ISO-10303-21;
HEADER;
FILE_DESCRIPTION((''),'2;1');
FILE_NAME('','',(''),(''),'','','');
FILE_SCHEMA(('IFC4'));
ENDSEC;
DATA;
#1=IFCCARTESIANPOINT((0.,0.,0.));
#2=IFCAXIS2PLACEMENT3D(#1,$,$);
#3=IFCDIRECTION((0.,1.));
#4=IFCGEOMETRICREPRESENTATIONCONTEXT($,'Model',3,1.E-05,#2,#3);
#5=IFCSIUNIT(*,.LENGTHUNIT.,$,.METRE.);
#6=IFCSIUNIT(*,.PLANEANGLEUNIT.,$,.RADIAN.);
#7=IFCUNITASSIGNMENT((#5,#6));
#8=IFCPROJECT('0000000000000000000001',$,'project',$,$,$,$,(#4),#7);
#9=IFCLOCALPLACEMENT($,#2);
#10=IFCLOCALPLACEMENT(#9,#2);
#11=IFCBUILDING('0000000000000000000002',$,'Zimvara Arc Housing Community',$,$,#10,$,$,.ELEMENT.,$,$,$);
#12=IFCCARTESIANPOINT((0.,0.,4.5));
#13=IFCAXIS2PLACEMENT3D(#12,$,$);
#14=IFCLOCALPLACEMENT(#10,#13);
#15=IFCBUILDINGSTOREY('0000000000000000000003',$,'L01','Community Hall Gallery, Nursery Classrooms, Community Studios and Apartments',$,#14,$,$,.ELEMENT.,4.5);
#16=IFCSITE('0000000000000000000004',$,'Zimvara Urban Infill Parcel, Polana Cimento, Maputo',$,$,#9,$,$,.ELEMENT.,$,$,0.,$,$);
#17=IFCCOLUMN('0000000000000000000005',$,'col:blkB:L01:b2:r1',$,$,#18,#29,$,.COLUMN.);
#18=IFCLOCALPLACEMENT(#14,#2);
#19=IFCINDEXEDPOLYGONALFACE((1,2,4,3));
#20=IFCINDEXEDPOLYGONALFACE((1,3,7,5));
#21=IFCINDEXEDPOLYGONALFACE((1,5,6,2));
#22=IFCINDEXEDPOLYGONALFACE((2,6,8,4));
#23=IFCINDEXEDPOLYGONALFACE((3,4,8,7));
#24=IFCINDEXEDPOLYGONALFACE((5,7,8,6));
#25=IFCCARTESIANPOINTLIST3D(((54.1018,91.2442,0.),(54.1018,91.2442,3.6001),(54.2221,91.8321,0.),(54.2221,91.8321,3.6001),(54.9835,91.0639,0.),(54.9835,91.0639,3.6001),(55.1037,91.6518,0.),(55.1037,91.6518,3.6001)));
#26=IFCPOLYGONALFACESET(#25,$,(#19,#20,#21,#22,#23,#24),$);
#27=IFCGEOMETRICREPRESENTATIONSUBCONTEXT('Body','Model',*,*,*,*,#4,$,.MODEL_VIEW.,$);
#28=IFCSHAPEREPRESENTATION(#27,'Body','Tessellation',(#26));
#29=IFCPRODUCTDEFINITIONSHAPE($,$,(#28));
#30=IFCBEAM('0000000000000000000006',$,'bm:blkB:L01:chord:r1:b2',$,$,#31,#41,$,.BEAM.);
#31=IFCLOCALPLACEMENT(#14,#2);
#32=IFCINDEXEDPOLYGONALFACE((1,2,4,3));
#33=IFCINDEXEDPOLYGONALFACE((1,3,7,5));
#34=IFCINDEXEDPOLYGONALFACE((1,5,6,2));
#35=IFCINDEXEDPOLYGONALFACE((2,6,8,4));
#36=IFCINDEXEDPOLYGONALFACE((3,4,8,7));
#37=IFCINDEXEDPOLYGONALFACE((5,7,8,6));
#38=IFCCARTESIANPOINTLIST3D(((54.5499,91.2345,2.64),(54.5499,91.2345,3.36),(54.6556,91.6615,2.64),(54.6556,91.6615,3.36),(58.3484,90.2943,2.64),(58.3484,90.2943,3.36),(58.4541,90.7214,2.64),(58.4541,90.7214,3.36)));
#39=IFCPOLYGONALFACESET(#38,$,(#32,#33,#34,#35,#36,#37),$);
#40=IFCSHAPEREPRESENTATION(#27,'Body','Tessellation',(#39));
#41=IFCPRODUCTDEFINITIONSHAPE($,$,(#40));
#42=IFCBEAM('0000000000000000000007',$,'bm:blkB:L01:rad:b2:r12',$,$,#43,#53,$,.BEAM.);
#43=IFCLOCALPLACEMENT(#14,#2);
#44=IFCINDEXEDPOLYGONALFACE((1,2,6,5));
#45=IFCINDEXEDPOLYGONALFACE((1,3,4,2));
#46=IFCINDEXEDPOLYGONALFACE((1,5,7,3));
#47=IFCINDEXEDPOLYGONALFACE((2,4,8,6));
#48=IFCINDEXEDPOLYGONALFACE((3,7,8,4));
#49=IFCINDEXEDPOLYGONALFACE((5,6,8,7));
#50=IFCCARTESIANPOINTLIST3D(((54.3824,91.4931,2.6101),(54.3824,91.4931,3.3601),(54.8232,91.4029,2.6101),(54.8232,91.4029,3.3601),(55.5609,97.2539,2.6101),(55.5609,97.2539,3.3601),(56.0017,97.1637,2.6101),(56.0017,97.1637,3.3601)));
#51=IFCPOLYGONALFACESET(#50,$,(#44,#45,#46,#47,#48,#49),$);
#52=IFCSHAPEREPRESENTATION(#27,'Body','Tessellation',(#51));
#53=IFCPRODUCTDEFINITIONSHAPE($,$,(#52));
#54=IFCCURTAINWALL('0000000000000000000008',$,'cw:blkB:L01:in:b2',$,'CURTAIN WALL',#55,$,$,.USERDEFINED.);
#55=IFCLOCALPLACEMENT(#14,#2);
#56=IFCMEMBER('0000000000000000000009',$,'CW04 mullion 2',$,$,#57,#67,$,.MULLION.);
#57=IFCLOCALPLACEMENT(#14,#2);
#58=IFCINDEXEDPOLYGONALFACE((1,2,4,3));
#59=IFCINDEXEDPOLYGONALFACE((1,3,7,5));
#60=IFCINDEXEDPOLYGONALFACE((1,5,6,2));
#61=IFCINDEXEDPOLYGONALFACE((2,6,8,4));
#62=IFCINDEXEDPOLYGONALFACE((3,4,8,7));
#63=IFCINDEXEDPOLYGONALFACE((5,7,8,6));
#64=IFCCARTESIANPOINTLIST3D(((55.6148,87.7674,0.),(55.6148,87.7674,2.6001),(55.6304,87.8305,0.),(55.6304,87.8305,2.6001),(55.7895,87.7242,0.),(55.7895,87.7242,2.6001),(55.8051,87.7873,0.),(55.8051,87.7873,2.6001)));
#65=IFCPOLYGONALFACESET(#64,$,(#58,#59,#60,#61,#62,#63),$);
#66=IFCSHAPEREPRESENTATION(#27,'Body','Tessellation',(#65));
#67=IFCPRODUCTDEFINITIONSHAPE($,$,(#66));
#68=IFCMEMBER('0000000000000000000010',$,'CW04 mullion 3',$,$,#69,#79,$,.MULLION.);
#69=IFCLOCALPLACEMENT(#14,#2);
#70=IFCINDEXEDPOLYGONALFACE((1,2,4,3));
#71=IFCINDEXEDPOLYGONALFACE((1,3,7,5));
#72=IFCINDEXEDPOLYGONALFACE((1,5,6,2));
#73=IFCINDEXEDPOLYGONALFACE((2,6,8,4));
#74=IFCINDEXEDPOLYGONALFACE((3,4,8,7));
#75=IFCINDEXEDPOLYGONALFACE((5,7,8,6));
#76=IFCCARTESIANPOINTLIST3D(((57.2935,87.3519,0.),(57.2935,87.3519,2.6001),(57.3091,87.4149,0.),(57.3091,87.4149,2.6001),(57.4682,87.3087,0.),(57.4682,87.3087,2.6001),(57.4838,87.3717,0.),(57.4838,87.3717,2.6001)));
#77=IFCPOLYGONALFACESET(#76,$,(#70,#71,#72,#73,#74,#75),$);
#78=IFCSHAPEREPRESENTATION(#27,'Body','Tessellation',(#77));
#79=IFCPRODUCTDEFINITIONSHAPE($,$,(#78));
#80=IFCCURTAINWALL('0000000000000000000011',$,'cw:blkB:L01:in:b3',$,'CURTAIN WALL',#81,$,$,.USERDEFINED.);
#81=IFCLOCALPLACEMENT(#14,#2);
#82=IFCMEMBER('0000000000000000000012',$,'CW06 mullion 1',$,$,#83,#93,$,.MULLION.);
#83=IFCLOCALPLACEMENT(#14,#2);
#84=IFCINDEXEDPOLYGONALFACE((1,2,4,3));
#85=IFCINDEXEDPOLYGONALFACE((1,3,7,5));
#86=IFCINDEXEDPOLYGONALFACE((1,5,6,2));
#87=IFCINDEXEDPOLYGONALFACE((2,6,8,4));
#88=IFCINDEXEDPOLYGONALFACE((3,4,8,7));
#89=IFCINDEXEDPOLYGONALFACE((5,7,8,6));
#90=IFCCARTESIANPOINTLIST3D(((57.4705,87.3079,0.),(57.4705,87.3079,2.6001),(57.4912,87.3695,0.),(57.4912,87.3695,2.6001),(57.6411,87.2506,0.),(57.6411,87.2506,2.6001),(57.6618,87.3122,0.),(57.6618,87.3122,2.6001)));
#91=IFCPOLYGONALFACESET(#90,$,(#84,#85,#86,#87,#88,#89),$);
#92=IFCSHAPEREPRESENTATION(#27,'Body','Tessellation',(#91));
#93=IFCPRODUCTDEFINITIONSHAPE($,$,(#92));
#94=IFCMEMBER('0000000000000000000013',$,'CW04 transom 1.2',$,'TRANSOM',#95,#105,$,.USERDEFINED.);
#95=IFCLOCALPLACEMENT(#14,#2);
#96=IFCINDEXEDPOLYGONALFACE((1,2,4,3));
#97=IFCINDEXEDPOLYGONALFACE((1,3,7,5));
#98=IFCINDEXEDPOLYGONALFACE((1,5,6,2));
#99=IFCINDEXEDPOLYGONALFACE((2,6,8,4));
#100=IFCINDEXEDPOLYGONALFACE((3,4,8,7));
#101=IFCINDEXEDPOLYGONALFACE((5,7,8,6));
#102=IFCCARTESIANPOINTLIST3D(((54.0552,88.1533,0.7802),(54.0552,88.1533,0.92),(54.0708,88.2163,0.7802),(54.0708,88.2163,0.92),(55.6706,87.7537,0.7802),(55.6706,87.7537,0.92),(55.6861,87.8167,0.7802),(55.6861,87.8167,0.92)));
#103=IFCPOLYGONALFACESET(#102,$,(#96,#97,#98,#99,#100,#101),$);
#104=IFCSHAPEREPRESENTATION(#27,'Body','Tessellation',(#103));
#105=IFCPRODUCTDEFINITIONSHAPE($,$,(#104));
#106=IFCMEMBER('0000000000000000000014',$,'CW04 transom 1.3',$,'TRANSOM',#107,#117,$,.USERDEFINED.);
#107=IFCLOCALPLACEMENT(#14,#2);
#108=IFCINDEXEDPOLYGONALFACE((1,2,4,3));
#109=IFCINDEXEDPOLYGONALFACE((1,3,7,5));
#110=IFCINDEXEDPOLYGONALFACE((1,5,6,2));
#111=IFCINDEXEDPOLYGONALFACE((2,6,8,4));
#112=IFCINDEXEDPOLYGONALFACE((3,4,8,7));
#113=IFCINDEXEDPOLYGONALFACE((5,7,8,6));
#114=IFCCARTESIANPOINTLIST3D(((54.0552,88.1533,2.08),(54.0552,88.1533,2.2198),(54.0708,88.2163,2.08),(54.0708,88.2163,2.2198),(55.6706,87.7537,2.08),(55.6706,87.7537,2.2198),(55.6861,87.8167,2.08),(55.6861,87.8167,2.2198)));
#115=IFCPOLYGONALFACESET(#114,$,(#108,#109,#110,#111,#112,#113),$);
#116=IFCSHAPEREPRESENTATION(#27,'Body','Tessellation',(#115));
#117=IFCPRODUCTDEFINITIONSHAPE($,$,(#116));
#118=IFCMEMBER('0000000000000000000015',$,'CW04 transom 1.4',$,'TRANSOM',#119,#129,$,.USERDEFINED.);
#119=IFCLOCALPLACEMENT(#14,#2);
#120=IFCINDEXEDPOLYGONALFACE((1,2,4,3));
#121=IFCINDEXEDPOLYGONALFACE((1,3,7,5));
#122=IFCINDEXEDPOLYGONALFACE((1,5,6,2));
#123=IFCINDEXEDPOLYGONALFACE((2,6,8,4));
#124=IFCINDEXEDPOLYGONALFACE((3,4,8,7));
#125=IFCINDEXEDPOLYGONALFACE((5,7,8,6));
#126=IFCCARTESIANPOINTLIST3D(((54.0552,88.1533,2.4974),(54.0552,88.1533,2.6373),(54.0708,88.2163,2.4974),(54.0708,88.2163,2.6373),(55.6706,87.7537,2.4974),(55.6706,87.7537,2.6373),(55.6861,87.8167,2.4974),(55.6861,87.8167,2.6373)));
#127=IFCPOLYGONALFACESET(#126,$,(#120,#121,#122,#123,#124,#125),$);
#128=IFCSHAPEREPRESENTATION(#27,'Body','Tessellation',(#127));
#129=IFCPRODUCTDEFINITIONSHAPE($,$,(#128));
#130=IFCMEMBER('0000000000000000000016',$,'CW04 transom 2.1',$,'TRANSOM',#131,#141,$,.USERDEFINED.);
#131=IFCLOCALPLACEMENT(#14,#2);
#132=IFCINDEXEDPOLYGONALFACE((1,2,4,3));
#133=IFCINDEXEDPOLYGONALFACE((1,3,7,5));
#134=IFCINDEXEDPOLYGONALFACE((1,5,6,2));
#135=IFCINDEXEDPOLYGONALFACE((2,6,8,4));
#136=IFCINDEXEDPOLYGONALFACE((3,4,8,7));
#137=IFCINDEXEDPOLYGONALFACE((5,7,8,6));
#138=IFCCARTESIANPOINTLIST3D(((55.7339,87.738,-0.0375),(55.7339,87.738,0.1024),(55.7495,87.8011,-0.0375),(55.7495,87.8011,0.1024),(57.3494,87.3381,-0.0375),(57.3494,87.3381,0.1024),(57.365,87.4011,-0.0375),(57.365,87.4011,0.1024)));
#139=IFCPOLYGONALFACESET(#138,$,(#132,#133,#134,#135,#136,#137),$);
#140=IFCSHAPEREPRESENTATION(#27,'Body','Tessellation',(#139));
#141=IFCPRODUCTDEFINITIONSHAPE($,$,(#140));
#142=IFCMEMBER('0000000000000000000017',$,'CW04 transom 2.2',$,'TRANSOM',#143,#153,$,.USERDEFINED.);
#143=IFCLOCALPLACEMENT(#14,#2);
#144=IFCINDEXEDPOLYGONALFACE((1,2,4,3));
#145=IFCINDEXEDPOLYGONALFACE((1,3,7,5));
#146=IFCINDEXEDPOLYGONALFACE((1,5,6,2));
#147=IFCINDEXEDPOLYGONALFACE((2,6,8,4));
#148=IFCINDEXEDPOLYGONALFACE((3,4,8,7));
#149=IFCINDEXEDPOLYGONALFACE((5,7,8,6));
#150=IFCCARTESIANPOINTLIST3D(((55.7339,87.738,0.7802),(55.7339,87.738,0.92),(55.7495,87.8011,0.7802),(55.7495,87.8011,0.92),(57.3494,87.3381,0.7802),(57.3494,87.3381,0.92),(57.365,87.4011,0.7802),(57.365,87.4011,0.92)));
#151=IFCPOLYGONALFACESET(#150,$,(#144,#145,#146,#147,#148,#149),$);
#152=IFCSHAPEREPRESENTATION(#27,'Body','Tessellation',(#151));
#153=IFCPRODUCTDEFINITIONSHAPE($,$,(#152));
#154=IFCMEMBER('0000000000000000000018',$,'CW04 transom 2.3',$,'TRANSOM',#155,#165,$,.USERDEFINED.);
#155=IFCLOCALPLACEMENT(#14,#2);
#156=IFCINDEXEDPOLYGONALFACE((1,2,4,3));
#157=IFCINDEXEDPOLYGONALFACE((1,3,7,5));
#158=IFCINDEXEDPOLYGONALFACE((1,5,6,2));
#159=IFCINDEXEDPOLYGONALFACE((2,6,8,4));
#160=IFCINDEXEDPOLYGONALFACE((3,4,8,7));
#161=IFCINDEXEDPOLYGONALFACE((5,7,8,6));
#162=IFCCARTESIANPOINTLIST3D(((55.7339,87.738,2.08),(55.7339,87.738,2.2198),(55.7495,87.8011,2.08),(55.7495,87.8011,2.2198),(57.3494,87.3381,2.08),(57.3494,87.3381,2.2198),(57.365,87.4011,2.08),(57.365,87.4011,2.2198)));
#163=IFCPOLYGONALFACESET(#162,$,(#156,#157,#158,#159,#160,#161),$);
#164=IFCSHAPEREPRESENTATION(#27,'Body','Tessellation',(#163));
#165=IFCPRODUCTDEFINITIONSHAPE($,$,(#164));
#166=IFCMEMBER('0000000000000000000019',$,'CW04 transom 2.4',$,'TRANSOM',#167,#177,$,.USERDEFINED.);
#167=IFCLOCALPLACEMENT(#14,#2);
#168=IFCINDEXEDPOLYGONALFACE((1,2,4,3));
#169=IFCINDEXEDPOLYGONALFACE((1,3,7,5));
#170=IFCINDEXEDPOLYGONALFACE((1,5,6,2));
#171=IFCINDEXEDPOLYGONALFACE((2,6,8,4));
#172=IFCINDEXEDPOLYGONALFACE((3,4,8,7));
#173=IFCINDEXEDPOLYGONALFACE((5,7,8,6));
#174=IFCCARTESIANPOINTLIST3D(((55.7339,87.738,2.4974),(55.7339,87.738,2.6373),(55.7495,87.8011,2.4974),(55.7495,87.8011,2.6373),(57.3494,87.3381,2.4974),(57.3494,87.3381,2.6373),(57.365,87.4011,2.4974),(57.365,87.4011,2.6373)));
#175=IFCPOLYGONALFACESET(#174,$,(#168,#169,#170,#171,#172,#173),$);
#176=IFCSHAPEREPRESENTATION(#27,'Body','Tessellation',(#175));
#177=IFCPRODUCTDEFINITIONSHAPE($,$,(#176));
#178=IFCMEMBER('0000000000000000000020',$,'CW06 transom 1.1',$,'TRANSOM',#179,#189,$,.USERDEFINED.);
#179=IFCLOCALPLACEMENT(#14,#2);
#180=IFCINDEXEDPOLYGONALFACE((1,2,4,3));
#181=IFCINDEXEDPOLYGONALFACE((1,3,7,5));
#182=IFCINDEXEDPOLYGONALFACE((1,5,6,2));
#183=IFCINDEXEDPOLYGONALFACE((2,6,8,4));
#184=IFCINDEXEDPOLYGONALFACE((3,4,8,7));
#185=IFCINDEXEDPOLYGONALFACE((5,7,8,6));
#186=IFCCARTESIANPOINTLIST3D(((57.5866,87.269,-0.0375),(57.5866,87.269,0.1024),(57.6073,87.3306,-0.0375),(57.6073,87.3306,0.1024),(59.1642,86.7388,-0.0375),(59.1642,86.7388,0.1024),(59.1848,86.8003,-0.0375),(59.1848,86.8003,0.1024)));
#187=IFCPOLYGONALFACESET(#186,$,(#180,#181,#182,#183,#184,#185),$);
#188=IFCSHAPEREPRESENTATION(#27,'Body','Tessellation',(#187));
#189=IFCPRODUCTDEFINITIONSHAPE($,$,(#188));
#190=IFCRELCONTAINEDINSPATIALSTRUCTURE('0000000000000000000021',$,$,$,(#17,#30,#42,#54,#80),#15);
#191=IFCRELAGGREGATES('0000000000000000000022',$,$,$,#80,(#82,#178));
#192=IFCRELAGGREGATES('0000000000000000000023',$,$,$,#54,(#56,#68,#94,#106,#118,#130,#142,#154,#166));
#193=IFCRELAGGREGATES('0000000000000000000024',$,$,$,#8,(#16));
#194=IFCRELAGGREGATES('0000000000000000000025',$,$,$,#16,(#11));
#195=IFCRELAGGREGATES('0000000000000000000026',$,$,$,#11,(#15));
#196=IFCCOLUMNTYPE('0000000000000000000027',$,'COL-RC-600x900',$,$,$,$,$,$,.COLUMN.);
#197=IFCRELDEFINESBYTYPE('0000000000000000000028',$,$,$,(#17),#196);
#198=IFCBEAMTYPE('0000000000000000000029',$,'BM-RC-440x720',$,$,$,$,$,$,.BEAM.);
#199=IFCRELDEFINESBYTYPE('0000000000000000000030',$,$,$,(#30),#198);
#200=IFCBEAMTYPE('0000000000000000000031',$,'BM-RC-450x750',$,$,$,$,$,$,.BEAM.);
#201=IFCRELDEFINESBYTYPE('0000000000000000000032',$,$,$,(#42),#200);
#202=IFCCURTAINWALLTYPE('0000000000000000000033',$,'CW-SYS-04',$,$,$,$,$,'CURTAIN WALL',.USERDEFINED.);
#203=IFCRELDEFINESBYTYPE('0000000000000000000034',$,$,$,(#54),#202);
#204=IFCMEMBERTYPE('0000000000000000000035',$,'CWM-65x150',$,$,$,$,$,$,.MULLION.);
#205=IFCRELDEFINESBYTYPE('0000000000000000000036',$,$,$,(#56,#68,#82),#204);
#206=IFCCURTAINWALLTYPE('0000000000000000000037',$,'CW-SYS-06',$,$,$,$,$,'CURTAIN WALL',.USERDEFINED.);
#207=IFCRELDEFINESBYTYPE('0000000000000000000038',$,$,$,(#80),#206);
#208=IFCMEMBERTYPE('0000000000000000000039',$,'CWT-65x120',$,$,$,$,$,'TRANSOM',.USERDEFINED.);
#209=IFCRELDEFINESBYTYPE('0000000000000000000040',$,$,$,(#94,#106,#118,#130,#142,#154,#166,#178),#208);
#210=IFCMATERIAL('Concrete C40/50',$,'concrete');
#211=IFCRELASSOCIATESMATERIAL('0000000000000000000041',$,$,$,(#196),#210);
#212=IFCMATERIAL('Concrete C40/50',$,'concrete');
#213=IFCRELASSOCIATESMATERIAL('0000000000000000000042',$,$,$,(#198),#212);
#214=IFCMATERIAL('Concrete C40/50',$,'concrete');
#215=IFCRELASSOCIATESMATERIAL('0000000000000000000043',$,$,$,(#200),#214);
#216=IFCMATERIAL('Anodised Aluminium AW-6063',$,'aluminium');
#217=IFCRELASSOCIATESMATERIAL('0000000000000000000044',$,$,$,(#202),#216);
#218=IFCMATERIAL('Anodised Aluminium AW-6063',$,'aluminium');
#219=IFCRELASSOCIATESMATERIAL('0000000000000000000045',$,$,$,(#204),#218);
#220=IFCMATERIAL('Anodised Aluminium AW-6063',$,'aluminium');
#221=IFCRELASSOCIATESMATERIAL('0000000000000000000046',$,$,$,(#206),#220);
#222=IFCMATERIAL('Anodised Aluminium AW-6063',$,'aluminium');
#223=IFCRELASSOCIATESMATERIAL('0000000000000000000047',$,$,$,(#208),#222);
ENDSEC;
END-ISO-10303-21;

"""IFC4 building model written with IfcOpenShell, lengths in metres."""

from ifc_helpers import new_model, si_unit, direction, frame, origin, origin_2d, place, context, subcontext, project, spatial, rectangle, extrude, material, material_profile, profile_set, type_object, element, aggregate, save


model = new_model("IFC4")

# Units and contexts
model_context = context("Model", 3, precision=1e-05, world=origin(), true_north=direction((0.0, 1.0)))
body_context = subcontext(model_context, "Body", "Model", "MODEL_VIEW")
ifc_project = project(units=[si_unit("LENGTHUNIT", "METRE"), si_unit("PLANEANGLEUNIT", "RADIAN")], contexts=[model_context])

# Site, building, storey
site_placement = place(None, origin())
site = spatial("IfcSite", under=ifc_project, at=site_placement, Name="Zimvara Urban Infill Parcel, Polana Cimento, Maputo", CompositionType="ELEMENT", RefElevation=0.0)
building_placement = place(site_placement, origin())
building = spatial("IfcBuilding", under=site, at=building_placement, Name="Zimvara Arc Housing Community", CompositionType="ELEMENT")
storey_placement = place(building_placement, frame((0.0, 0.0, 4.5)))
storey = spatial("IfcBuildingStorey", under=building, at=storey_placement, Name="L01", Description="Community Hall Gallery, Nursery Classrooms, Community Studios and Apartments", CompositionType="ELEMENT", Elevation=4.5)

# Column
ifc_material_1 = material(Name="Concrete C40/50", Category="concrete")
ifc_material_profile_1 = material_profile(ifc_material_1, rectangle(XDim=0.6001, YDim=0.8999, at=origin_2d()), Name="RC 600x900")
ifc_profile_set_1 = profile_set([ifc_material_profile_1], Name="Concrete C40/50")
column_type = type_object("IfcColumnType", Name="COL-RC-600x900", PredefinedType="COLUMN", material=ifc_profile_set_1)
column_placement = place(storey_placement, frame((54.6028, 91.448, 0.0), z_axis=(0.0, 0.0, 1.0), x_axis=(0.200394, 0.979715, 0.0)))
element("IfcColumn", 1, at=column_placement, inside=storey, type_object=column_type, Name="col:blkB:L01:b2:r1", PredefinedType="COLUMN", context=body_context, shape_type="SweptSolid", body=[
    extrude(rectangle(XDim=0.6001, YDim=0.8999, at=origin_2d()), origin(), (0.0, 0.0, 1.0), 3.6001),
])

# Beams
ifc_material_2 = material(Name="Concrete C40/50", Category="concrete")
ifc_material_profile_2 = material_profile(ifc_material_2, rectangle(XDim=0.4399, YDim=0.72, at=origin_2d()), Name="RC 440x720")
ifc_profile_set_2 = profile_set([ifc_material_profile_2], Name="Concrete C40/50")
beam_type_1 = type_object("IfcBeamType", Name="BM-RC-440x720", PredefinedType="BEAM", material=ifc_profile_set_2)
beam_1_placement = place(storey_placement, frame((54.6028, 91.448, 3.0), z_axis=(0.970709, -0.24026, 0.0), x_axis=(0.24026, 0.970709, 0.0)))
element("IfcBeam", 2, at=beam_1_placement, inside=storey, type_object=beam_type_1, Name="bm:blkB:L01:chord:r1:b2", PredefinedType="BEAM", context=body_context, shape_type="SweptSolid", body=[
    extrude(rectangle(XDim=0.4399, YDim=0.72, at=origin_2d()), origin(), (0.0, 0.0, 1.0), 3.9131),
])
ifc_material_3 = material(Name="Concrete C40/50", Category="concrete")
ifc_material_profile_3 = material_profile(ifc_material_3, rectangle(XDim=0.45, YDim=0.75, at=origin_2d()), Name="RC 450x750")
ifc_profile_set_3 = profile_set([ifc_material_profile_3], Name="Concrete C40/50")
beam_type_2 = type_object("IfcBeamType", Name="BM-RC-450x750", PredefinedType="BEAM", material=ifc_profile_set_3)
beam_2_placement = place(storey_placement, frame((54.6028, 91.448, 2.9851), z_axis=(0.200418, 0.97971, 0.0), x_axis=(-0.97971, 0.200418, 0.0)))
element("IfcBeam", 3, at=beam_2_placement, inside=storey, type_object=beam_type_2, Name="bm:blkB:L01:rad:b2:r12", PredefinedType="BEAM", context=body_context, shape_type="SweptSolid", body=[
    extrude(rectangle(XDim=0.45, YDim=0.75, at=origin_2d()), origin(), (0.0, 0.0, 1.0), 5.8801),
])

# Curtain wall, members
ifc_material_4 = material(Name="Anodised Aluminium AW-6063", Category="aluminium")
curtain_wall_type_1 = type_object("IfcCurtainWallType", Name="CW-SYS-04", ElementType="CURTAIN WALL", PredefinedType="USERDEFINED", material=ifc_material_4)
curtain_wall_1_placement = place(storey_placement, origin())
curtain_wall_1 = element("IfcCurtainWall", 4, at=curtain_wall_1_placement, inside=storey, type_object=curtain_wall_type_1, Name="cw:blkB:L01:in:b2", ObjectType="CURTAIN WALL", PredefinedType="USERDEFINED")
ifc_material_5 = material(Name="Anodised Aluminium AW-6063", Category="aluminium")
ifc_material_profile_4 = material_profile(ifc_material_5, rectangle(XDim=0.0649, YDim=0.1799, at=origin_2d()), Name="ALU 65x180")
ifc_profile_set_4 = profile_set([ifc_material_profile_4], Name="Anodised Aluminium AW-6063")
member_type_1 = type_object("IfcMemberType", Name="CWM-65x150", PredefinedType="MULLION", material=ifc_profile_set_4)
member_1_placement = place(storey_placement, frame((55.71, 87.7773, 0.0), z_axis=(0.0, 0.0, 1.0), x_axis=(0.240228, 0.970717, 0.0)))
member_1 = element("IfcMember", 5, at=member_1_placement, type_object=member_type_1, Name="CW04 mullion 2", PredefinedType="MULLION", context=body_context, shape_type="SweptSolid", body=[
    extrude(rectangle(XDim=0.0649, YDim=0.1799, at=origin_2d()), origin(), (0.0, 0.0, 1.0), 2.6001),
])
member_2_placement = place(storey_placement, frame((57.3887, 87.3618, 0.0), z_axis=(0.0, 0.0, 1.0), x_axis=(0.240228, 0.970717, 0.0)))
member_2 = element("IfcMember", 6, at=member_2_placement, type_object=member_type_1, Name="CW04 mullion 3", PredefinedType="MULLION", context=body_context, shape_type="SweptSolid", body=[
    extrude(rectangle(XDim=0.0649, YDim=0.1799, at=origin_2d()), origin(), (0.0, 0.0, 1.0), 2.6001),
])

# Curtain wall, member
ifc_material_6 = material(Name="Anodised Aluminium AW-6063", Category="aluminium")
curtain_wall_type_2 = type_object("IfcCurtainWallType", Name="CW-SYS-06", ElementType="CURTAIN WALL", PredefinedType="USERDEFINED", material=ifc_material_6)
curtain_wall_2_placement = place(storey_placement, origin())
curtain_wall_2 = element("IfcCurtainWall", 7, at=curtain_wall_2_placement, inside=storey, type_object=curtain_wall_type_2, Name="cw:blkB:L01:in:b3", ObjectType="CURTAIN WALL", PredefinedType="USERDEFINED")
member_3_placement = place(storey_placement, frame((57.5662, 87.3101, 0.0), z_axis=(0.0, 0.0, 1.0), x_axis=(0.31863, 0.947879, 0.0)))
member_3 = element("IfcMember", 8, at=member_3_placement, type_object=member_type_1, Name="CW06 mullion 1", PredefinedType="MULLION", context=body_context, shape_type="SweptSolid", body=[
    extrude(rectangle(XDim=0.0649, YDim=0.1799, at=origin_2d()), origin(), (0.0, 0.0, 1.0), 2.6001),
])

# Members
ifc_material_7 = material(Name="Anodised Aluminium AW-6063", Category="aluminium")
ifc_material_profile_5 = material_profile(ifc_material_7, rectangle(XDim=0.0649, YDim=0.1399, at=origin_2d()), Name="ALU 65x140")
ifc_profile_set_5 = profile_set([ifc_material_profile_5], Name="Anodised Aluminium AW-6063")
member_type_2 = type_object("IfcMemberType", Name="CWT-65x120", ElementType="TRANSOM", PredefinedType="USERDEFINED", material=ifc_profile_set_5)
member_4_placement = place(storey_placement, frame((54.063, 88.1848, 0.8501), z_axis=(0.970735, -0.240153, 0.0), x_axis=(0.240153, 0.970735, 0.0)))
member_4 = element("IfcMember", 9, at=member_4_placement, type_object=member_type_2, Name="CW04 transom 1.2", ObjectType="TRANSOM", PredefinedType="USERDEFINED", context=body_context, shape_type="SweptSolid", body=[
    extrude(rectangle(XDim=0.0649, YDim=0.1399, at=origin_2d()), origin(), (0.0, 0.0, 1.0), 1.6641),
])
member_5_placement = place(storey_placement, frame((54.063, 88.1848, 2.1499), z_axis=(0.970735, -0.240153, 0.0), x_axis=(0.240153, 0.970735, 0.0)))
member_5 = element("IfcMember", 10, at=member_5_placement, type_object=member_type_2, Name="CW04 transom 1.3", ObjectType="TRANSOM", PredefinedType="USERDEFINED", context=body_context, shape_type="SweptSolid", body=[
    extrude(rectangle(XDim=0.0649, YDim=0.1399, at=origin_2d()), origin(), (0.0, 0.0, 1.0), 1.6641),
])
member_6_placement = place(storey_placement, frame((54.063, 88.1848, 2.5674), z_axis=(0.970735, -0.240153, 0.0), x_axis=(0.240153, 0.970735, 0.0)))
member_6 = element("IfcMember", 11, at=member_6_placement, type_object=member_type_2, Name="CW04 transom 1.4", ObjectType="TRANSOM", PredefinedType="USERDEFINED", context=body_context, shape_type="SweptSolid", body=[
    extrude(rectangle(XDim=0.0649, YDim=0.1399, at=origin_2d()), origin(), (0.0, 0.0, 1.0), 1.6641),
])
member_7_placement = place(storey_placement, frame((55.7417, 87.7695, 0.0325), z_axis=(0.970701, -0.240291, 0.0), x_axis=(0.240291, 0.970701, 0.0)))
member_7 = element("IfcMember", 12, at=member_7_placement, type_object=member_type_2, Name="CW04 transom 2.1", ObjectType="TRANSOM", PredefinedType="USERDEFINED", context=body_context, shape_type="SweptSolid", body=[
    extrude(rectangle(XDim=0.0649, YDim=0.1399, at=origin_2d()), origin(), (0.0, 0.0, 1.0), 1.6643),
])
member_8_placement = place(storey_placement, frame((55.7417, 87.7695, 0.8501), z_axis=(0.970701, -0.240291, 0.0), x_axis=(0.240291, 0.970701, 0.0)))
member_8 = element("IfcMember", 13, at=member_8_placement, type_object=member_type_2, Name="CW04 transom 2.2", ObjectType="TRANSOM", PredefinedType="USERDEFINED", context=body_context, shape_type="SweptSolid", body=[
    extrude(rectangle(XDim=0.0649, YDim=0.1399, at=origin_2d()), origin(), (0.0, 0.0, 1.0), 1.6643),
])
member_9_placement = place(storey_placement, frame((55.7417, 87.7695, 2.1499), z_axis=(0.970701, -0.240291, 0.0), x_axis=(0.240291, 0.970701, 0.0)))
member_9 = element("IfcMember", 14, at=member_9_placement, type_object=member_type_2, Name="CW04 transom 2.3", ObjectType="TRANSOM", PredefinedType="USERDEFINED", context=body_context, shape_type="SweptSolid", body=[
    extrude(rectangle(XDim=0.0649, YDim=0.1399, at=origin_2d()), origin(), (0.0, 0.0, 1.0), 1.6643),
])
member_10_placement = place(storey_placement, frame((55.7417, 87.7695, 2.5674), z_axis=(0.970701, -0.240291, 0.0), x_axis=(0.240291, 0.970701, 0.0)))
member_10 = element("IfcMember", 15, at=member_10_placement, type_object=member_type_2, Name="CW04 transom 2.4", ObjectType="TRANSOM", PredefinedType="USERDEFINED", context=body_context, shape_type="SweptSolid", body=[
    extrude(rectangle(XDim=0.0649, YDim=0.1399, at=origin_2d()), origin(), (0.0, 0.0, 1.0), 1.6643),
])
member_11_placement = place(storey_placement, frame((57.5969, 87.2998, 0.0325), z_axis=(0.947888, -0.318603, 0.0), x_axis=(0.318603, 0.947888, 0.0)))
member_11 = element("IfcMember", 16, at=member_11_placement, type_object=member_type_2, Name="CW06 transom 1.1", ObjectType="TRANSOM", PredefinedType="USERDEFINED", context=body_context, shape_type="SweptSolid", body=[
    extrude(rectangle(XDim=0.0649, YDim=0.1399, at=origin_2d()), origin(), (0.0, 0.0, 1.0), 1.6643),
])
aggregate(curtain_wall_2, [member_3, member_11])

aggregate(curtain_wall_1, [member_1, member_2, member_4, member_5, member_6, member_7, member_8, member_9, member_10])

save(model, "model.ifc")
